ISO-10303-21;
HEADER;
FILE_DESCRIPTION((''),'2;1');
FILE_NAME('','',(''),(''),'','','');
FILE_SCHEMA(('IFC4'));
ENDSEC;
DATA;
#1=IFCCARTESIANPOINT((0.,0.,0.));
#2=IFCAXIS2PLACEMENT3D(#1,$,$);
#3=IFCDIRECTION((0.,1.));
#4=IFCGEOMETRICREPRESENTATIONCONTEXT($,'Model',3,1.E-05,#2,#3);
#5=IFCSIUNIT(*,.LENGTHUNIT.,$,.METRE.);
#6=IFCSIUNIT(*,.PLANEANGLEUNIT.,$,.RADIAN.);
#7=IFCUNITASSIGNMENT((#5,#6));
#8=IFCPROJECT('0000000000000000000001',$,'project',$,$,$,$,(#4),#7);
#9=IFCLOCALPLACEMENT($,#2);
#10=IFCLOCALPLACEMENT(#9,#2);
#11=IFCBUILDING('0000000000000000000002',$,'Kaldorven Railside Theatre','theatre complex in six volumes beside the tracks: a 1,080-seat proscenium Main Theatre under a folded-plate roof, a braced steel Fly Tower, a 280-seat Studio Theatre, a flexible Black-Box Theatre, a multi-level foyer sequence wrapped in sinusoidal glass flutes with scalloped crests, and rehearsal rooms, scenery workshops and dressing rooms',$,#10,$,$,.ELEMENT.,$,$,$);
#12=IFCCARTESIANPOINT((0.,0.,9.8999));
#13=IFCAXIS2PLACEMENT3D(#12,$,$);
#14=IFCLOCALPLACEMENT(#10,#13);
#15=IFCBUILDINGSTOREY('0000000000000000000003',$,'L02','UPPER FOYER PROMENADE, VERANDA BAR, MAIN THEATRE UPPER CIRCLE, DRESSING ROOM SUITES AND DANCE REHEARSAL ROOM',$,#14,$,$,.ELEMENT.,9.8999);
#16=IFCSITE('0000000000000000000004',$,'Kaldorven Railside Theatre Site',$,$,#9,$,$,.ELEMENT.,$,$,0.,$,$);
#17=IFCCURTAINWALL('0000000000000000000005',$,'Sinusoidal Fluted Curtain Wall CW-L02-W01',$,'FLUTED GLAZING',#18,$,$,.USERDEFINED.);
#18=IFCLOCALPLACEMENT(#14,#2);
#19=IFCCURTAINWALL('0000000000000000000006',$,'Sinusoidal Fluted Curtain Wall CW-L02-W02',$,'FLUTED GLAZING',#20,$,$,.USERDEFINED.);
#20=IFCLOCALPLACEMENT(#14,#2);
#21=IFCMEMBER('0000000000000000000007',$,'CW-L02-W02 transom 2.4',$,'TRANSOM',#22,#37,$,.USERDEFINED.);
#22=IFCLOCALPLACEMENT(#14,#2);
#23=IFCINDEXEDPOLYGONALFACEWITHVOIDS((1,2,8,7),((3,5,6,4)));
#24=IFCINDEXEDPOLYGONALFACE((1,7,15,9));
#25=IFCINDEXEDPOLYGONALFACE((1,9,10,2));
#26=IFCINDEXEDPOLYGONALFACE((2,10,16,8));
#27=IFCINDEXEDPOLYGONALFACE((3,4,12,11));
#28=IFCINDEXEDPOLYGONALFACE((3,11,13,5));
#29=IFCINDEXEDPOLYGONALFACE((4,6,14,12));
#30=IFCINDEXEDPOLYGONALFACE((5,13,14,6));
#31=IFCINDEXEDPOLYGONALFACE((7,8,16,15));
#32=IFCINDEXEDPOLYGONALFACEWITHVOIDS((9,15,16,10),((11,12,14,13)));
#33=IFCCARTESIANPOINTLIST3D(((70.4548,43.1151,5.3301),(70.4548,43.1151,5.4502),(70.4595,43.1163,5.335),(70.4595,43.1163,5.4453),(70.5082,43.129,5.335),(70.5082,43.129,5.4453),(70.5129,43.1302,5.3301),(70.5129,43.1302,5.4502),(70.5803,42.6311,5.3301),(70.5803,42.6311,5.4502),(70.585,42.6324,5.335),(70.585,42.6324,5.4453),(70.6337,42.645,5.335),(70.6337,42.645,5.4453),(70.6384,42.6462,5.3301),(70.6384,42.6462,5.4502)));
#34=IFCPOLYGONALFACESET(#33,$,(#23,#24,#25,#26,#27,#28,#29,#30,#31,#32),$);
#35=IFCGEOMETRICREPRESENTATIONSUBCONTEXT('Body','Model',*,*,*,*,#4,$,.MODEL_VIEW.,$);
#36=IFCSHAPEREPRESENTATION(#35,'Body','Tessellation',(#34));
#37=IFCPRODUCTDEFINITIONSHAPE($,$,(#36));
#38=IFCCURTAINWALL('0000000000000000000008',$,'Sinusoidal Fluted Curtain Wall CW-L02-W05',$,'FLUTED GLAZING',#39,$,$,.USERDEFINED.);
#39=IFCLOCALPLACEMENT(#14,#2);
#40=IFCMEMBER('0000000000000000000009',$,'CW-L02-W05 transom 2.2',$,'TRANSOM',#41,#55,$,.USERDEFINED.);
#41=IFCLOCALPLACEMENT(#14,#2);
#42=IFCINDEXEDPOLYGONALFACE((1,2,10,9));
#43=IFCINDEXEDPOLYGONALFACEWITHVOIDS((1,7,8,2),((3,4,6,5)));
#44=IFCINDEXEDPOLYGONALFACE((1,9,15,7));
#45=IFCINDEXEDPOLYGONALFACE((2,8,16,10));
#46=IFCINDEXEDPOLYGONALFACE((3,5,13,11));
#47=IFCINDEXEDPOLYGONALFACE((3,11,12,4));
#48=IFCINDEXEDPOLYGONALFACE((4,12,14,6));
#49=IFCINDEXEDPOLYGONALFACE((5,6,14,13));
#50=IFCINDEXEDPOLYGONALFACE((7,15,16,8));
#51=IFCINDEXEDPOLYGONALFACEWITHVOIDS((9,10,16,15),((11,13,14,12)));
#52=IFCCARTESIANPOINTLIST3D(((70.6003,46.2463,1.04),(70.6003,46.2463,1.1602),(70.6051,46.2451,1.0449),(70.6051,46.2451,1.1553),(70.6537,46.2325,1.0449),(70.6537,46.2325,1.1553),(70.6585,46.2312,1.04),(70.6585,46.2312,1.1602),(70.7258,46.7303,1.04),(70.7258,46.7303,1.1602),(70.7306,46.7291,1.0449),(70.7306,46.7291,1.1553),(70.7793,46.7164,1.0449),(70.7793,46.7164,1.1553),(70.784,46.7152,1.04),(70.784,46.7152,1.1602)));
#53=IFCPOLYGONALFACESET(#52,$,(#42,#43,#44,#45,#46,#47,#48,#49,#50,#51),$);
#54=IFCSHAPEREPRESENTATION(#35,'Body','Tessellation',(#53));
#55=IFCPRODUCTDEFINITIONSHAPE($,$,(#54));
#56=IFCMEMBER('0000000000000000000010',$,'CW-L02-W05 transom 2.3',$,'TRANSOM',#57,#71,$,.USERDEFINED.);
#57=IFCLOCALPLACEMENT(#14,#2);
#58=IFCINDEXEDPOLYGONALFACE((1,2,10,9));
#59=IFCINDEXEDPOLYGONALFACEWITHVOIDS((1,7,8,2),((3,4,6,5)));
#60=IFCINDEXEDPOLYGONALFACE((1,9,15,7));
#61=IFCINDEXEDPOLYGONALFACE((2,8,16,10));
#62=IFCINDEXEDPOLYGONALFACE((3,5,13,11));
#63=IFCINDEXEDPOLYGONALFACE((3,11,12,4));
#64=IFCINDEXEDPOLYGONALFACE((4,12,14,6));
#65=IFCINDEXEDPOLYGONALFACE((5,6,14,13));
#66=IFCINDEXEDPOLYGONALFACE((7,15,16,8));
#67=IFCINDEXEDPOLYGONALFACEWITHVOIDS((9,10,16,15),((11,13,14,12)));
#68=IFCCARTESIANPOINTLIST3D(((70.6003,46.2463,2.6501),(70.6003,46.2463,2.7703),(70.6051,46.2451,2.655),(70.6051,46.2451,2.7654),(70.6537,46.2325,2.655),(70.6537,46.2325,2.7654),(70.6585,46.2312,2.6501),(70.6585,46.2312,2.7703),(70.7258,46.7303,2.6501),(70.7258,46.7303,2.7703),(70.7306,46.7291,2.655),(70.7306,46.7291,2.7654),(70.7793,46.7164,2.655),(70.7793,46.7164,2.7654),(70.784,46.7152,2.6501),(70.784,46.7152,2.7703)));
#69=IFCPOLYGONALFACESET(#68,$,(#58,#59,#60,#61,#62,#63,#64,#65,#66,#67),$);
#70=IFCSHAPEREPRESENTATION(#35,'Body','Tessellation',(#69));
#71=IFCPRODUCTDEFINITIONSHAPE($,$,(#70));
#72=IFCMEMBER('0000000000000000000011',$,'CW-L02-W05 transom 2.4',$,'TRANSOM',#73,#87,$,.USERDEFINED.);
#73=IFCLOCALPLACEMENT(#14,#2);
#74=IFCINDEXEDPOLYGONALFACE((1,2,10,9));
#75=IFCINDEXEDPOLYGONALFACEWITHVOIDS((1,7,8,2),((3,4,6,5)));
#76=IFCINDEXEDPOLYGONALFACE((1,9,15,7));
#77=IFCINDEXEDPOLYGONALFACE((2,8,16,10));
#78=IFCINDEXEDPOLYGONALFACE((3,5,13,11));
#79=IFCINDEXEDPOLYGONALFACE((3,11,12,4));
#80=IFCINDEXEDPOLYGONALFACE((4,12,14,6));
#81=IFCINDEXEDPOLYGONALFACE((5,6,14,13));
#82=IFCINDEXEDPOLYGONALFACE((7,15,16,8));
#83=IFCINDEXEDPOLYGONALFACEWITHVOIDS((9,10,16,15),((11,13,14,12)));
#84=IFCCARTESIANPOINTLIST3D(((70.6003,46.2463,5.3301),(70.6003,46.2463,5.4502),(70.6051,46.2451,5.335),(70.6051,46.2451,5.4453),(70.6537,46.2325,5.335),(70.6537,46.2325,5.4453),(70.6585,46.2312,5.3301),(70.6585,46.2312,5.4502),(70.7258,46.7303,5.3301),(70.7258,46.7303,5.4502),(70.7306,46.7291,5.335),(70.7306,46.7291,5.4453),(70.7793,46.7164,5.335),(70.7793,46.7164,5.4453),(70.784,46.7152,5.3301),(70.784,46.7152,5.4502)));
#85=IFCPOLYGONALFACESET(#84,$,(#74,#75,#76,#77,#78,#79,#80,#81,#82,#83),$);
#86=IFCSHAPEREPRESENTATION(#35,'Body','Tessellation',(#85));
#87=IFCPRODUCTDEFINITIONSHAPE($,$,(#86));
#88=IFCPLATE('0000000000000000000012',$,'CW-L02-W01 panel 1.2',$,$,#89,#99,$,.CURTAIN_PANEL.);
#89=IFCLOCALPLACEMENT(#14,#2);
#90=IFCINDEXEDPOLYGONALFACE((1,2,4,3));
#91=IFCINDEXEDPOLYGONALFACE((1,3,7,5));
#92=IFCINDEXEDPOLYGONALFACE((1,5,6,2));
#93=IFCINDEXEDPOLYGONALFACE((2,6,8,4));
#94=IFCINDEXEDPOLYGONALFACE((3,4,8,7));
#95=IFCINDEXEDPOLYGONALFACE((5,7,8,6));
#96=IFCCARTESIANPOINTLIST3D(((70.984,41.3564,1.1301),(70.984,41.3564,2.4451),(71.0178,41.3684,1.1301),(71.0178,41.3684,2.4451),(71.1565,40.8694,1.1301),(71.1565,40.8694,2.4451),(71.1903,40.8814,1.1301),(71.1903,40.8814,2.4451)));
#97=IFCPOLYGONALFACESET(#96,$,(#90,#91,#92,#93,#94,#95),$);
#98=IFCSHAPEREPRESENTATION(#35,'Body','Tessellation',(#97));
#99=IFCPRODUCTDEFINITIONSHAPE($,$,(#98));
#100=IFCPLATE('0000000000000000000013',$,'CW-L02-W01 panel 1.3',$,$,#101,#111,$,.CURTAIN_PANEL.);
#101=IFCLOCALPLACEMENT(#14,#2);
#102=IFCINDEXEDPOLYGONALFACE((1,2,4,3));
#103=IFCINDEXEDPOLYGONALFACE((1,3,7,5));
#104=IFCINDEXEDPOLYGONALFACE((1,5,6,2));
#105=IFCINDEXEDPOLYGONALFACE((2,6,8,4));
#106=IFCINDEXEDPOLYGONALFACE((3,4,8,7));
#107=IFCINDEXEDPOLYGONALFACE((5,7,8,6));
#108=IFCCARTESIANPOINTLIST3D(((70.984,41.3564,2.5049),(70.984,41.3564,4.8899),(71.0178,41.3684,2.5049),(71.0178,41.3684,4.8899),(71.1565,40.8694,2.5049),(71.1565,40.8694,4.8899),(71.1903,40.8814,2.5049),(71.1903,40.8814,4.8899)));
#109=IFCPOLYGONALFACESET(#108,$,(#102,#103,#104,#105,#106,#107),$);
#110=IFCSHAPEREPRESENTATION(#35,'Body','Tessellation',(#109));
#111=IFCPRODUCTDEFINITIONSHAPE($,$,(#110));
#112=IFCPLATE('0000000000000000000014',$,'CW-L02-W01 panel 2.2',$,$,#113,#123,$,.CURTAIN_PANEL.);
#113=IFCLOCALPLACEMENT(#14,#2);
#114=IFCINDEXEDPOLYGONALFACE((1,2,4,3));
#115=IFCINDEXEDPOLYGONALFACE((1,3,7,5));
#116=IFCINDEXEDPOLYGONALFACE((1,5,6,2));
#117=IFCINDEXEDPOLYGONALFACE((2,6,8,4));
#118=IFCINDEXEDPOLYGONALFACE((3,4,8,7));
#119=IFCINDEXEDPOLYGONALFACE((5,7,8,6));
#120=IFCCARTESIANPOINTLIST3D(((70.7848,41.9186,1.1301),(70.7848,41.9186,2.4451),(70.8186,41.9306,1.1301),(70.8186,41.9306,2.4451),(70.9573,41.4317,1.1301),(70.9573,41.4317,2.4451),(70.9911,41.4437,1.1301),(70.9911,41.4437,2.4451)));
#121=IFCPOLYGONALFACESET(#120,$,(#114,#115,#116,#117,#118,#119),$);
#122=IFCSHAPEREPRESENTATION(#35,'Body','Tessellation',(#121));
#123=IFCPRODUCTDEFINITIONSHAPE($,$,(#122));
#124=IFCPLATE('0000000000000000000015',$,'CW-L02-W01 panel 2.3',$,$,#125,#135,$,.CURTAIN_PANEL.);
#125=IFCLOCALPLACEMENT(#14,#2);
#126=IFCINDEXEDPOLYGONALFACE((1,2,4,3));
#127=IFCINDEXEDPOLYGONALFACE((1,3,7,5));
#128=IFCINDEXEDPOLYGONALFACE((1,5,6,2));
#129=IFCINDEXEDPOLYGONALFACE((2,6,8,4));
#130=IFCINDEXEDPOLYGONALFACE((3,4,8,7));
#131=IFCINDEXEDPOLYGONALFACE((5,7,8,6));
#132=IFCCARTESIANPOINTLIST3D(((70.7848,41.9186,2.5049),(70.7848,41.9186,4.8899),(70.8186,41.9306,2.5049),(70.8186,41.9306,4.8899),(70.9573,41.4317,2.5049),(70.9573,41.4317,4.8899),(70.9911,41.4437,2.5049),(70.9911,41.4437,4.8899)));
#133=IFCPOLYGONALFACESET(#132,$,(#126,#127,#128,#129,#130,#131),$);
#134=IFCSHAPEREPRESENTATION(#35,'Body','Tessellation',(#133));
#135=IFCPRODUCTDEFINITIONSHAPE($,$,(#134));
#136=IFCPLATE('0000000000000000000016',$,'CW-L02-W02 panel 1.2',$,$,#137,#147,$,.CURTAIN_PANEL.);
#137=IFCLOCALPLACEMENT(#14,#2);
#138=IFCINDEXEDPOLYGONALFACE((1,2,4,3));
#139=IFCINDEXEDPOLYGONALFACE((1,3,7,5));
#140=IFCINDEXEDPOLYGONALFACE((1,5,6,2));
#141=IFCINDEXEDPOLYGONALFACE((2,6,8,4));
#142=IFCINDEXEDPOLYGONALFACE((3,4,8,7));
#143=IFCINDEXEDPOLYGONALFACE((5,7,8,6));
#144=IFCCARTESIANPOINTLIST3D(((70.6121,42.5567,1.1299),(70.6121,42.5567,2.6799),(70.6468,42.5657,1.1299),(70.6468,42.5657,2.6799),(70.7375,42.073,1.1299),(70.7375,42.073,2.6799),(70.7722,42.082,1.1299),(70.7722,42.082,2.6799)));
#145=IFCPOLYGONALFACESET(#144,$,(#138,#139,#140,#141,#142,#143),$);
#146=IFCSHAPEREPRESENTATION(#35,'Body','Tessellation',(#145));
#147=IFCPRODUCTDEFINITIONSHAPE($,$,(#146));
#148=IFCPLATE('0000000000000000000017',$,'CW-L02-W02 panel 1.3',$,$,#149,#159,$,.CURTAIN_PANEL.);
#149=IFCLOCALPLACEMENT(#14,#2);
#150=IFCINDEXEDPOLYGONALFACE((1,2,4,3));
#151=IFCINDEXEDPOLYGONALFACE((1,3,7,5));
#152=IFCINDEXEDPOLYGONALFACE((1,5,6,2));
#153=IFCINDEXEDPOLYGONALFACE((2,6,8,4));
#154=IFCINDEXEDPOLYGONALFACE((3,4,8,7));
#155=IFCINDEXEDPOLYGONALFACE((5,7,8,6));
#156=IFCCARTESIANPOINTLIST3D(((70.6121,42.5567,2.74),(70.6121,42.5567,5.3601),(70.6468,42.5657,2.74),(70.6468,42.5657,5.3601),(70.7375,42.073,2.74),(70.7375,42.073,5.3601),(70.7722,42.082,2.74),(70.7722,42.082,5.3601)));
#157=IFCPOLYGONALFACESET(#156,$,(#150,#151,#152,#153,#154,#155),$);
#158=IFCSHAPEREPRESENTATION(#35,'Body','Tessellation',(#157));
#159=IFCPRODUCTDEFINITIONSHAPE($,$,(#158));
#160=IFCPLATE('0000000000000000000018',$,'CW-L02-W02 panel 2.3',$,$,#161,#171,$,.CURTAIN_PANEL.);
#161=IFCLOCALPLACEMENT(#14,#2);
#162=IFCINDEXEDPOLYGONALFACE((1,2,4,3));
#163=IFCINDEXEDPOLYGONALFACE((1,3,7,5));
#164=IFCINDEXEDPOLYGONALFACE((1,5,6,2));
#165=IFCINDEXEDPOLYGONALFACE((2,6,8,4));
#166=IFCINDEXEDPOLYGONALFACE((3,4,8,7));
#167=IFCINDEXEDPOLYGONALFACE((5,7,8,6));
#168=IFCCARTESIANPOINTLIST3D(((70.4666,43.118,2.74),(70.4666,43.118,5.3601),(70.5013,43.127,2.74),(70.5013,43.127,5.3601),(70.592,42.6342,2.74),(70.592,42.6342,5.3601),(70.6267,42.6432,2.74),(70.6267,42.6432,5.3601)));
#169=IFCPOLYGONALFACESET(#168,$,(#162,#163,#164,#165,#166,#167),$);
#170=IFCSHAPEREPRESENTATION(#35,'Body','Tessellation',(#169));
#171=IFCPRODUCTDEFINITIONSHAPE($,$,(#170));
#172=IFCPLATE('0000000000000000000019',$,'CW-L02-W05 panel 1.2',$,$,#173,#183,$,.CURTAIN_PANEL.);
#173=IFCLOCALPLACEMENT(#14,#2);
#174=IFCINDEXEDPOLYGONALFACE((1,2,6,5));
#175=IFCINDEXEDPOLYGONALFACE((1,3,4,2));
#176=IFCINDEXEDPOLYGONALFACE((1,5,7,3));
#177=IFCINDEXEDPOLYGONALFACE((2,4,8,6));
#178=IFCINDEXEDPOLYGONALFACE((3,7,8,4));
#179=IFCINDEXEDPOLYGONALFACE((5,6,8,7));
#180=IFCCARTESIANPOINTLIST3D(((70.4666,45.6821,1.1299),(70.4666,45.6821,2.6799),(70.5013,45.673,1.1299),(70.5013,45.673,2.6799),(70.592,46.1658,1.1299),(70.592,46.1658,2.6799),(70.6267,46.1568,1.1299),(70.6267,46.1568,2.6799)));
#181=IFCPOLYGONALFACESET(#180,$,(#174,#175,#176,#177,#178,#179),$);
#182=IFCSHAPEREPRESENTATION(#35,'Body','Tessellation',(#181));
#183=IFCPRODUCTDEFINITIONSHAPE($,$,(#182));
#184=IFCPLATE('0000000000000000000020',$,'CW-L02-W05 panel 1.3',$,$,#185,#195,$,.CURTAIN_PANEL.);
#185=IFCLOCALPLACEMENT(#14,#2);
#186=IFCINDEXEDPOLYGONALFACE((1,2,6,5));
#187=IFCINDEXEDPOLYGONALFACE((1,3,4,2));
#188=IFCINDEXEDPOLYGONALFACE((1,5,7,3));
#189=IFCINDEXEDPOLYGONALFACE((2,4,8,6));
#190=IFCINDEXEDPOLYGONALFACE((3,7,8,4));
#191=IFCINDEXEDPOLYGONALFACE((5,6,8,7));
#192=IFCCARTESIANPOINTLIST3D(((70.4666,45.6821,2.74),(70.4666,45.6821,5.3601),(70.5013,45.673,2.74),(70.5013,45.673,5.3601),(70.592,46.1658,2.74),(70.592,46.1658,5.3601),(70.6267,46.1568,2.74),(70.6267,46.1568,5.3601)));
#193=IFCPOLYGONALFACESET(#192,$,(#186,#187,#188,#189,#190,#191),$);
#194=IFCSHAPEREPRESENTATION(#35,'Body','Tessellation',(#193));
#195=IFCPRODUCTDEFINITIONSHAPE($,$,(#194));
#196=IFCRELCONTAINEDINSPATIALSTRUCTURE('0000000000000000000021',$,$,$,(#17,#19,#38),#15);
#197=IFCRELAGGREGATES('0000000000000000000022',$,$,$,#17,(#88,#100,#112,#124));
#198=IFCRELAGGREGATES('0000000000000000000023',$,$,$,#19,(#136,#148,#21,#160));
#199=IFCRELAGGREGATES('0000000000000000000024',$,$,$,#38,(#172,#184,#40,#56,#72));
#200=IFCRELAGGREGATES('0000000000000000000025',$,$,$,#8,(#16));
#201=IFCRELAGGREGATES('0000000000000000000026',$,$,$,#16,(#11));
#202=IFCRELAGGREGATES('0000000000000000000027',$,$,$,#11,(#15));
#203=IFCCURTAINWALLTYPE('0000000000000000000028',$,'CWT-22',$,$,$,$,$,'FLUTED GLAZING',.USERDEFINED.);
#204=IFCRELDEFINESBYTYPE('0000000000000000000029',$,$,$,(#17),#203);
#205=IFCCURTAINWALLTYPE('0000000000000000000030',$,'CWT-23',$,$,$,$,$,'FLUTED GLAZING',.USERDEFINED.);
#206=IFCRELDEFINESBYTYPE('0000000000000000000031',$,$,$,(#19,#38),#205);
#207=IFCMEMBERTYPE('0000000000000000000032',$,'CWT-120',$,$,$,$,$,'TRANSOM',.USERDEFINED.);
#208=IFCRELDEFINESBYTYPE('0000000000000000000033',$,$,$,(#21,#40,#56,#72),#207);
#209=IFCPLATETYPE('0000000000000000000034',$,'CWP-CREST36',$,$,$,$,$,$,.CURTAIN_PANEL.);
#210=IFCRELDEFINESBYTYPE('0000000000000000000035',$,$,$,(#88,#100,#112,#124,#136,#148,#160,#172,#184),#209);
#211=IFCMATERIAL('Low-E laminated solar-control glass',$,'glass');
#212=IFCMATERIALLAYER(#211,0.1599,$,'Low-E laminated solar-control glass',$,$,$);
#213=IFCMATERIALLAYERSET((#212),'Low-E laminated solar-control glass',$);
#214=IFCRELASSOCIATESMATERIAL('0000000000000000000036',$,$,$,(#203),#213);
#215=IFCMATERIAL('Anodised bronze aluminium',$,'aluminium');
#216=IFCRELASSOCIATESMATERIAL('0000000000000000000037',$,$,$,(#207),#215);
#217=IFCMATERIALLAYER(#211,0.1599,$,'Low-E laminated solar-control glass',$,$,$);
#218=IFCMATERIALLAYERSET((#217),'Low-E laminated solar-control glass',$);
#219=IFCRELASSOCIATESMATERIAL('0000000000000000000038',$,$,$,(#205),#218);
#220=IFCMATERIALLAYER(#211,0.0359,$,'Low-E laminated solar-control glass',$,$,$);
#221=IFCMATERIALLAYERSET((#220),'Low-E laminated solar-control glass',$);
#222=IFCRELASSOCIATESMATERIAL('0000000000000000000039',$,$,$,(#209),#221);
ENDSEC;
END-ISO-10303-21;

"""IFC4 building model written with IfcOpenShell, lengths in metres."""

from ifc_helpers import new_model, si_unit, direction, frame, origin, origin_2d, place, context, subcontext, project, spatial, rectangle, hollow_rectangle, extrude, material, layer, layer_set, material_profile, profile_set, type_object, element, aggregate, save


model = new_model("IFC4")

# Units and contexts
model_context = context("Model", 3, precision=1e-05, world=origin(), true_north=direction((0.0, 1.0)))
body_context = subcontext(model_context, "Body", "Model", "MODEL_VIEW")
ifc_project = project(units=[si_unit("LENGTHUNIT", "METRE"), si_unit("PLANEANGLEUNIT", "RADIAN")], contexts=[model_context])

# Site, building, storey
site_placement = place(None, origin())
site = spatial("IfcSite", under=ifc_project, at=site_placement, Name="Kaldorven Railside Theatre Site", CompositionType="ELEMENT", RefElevation=0.0)
building_placement = place(site_placement, origin())
building = spatial("IfcBuilding", under=site, at=building_placement, Name="Kaldorven Railside Theatre", Description="theatre complex in six volumes beside the tracks: a 1,080-seat proscenium Main Theatre under a folded-plate roof, a braced steel Fly Tower, a 280-seat Studio Theatre, a flexible Black-Box Theatre, a multi-level foyer sequence wrapped in sinusoidal glass flutes with scalloped crests, and rehearsal rooms, scenery workshops and dressing rooms", CompositionType="ELEMENT")
storey_placement = place(building_placement, frame((0.0, 0.0, 9.8999)))
storey = spatial("IfcBuildingStorey", under=building, at=storey_placement, Name="L02", Description="UPPER FOYER PROMENADE, VERANDA BAR, MAIN THEATRE UPPER CIRCLE, DRESSING ROOM SUITES AND DANCE REHEARSAL ROOM", CompositionType="ELEMENT", Elevation=9.8999)

# Curtain walls, members
ifc_material_1 = material(Name="Low-E laminated solar-control glass", Category="glass")
ifc_layer_1 = layer(ifc_material_1, 0.1599, Name="Low-E laminated solar-control glass")
ifc_layer_set_1 = layer_set([ifc_layer_1], Name="Low-E laminated solar-control glass")
curtain_wall_type_1 = type_object("IfcCurtainWallType", Name="CWT-22", ElementType="FLUTED GLAZING", PredefinedType="USERDEFINED", material=ifc_layer_set_1)
curtain_wall_1_placement = place(storey_placement, origin())
curtain_wall_1 = element("IfcCurtainWall", 1, at=curtain_wall_1_placement, inside=storey, type_object=curtain_wall_type_1, Name="Sinusoidal Fluted Curtain Wall CW-L02-W01", ObjectType="FLUTED GLAZING", PredefinedType="USERDEFINED")
ifc_material_2 = material(Name="Anodised bronze aluminium", Category="aluminium")
ifc_material_profile = material_profile(ifc_material_2, hollow_rectangle(XDim=0.0601, YDim=0.1201, WallThickness=0.0049, at=origin_2d()), Name="RHS 120x60x5")
ifc_profile_set = profile_set([ifc_material_profile], Name="Anodised bronze aluminium")
member_type = type_object("IfcMemberType", Name="CWT-120", ElementType="TRANSOM", PredefinedType="USERDEFINED", material=ifc_profile_set)
ifc_layer_2 = layer(ifc_material_1, 0.1599, Name="Low-E laminated solar-control glass")
ifc_layer_set_2 = layer_set([ifc_layer_2], Name="Low-E laminated solar-control glass")
curtain_wall_type_2 = type_object("IfcCurtainWallType", Name="CWT-23", ElementType="FLUTED GLAZING", PredefinedType="USERDEFINED", material=ifc_layer_set_2)
curtain_wall_2_placement = place(storey_placement, origin())
curtain_wall_2 = element("IfcCurtainWall", 2, at=curtain_wall_2_placement, inside=storey, type_object=curtain_wall_type_2, Name="Sinusoidal Fluted Curtain Wall CW-L02-W02", ObjectType="FLUTED GLAZING", PredefinedType="USERDEFINED")
member_1_placement = place(storey_placement, frame((70.6094, 42.6387, 5.3901), z_axis=(-0.25103, 0.967979, 0.0), x_axis=(-0.967979, -0.25103, 0.0)))
member_1 = element("IfcMember", 3, at=member_1_placement, type_object=member_type, Name="CW-L02-W02 transom 2.4", ObjectType="TRANSOM", PredefinedType="USERDEFINED", context=body_context, shape_type="SweptSolid", body=[
    extrude(hollow_rectangle(XDim=0.0601, YDim=0.1201, WallThickness=0.0049, at=origin_2d()), origin(), (0.0, 0.0, 1.0), 0.5),
])
curtain_wall_3_placement = place(storey_placement, origin())
curtain_wall_3 = element("IfcCurtainWall", 4, at=curtain_wall_3_placement, inside=storey, type_object=curtain_wall_type_2, Name="Sinusoidal Fluted Curtain Wall CW-L02-W05", ObjectType="FLUTED GLAZING", PredefinedType="USERDEFINED")
member_2_placement = place(storey_placement, frame((70.6294, 46.2388, 1.1001), z_axis=(0.25103, 0.967979, 0.0), x_axis=(-0.967979, 0.25103, 0.0)))
member_2 = element("IfcMember", 5, at=member_2_placement, type_object=member_type, Name="CW-L02-W05 transom 2.2", ObjectType="TRANSOM", PredefinedType="USERDEFINED", context=body_context, shape_type="SweptSolid", body=[
    extrude(hollow_rectangle(XDim=0.0601, YDim=0.1201, WallThickness=0.0049, at=origin_2d()), origin(), (0.0, 0.0, 1.0), 0.5),
])
member_3_placement = place(storey_placement, frame((70.6294, 46.2388, 2.7102), z_axis=(0.25103, 0.967979, 0.0), x_axis=(-0.967979, 0.25103, 0.0)))
member_3 = element("IfcMember", 6, at=member_3_placement, type_object=member_type, Name="CW-L02-W05 transom 2.3", ObjectType="TRANSOM", PredefinedType="USERDEFINED", context=body_context, shape_type="SweptSolid", body=[
    extrude(hollow_rectangle(XDim=0.0601, YDim=0.1201, WallThickness=0.0049, at=origin_2d()), origin(), (0.0, 0.0, 1.0), 0.5),
])
member_4_placement = place(storey_placement, frame((70.6294, 46.2388, 5.3901), z_axis=(0.25103, 0.967979, 0.0), x_axis=(-0.967979, 0.25103, 0.0)))
member_4 = element("IfcMember", 7, at=member_4_placement, type_object=member_type, Name="CW-L02-W05 transom 2.4", ObjectType="TRANSOM", PredefinedType="USERDEFINED", context=body_context, shape_type="SweptSolid", body=[
    extrude(hollow_rectangle(XDim=0.0601, YDim=0.1201, WallThickness=0.0049, at=origin_2d()), origin(), (0.0, 0.0, 1.0), 0.5),
])

# Plates
ifc_layer_3 = layer(ifc_material_1, 0.0359, Name="Low-E laminated solar-control glass")
ifc_layer_set_3 = layer_set([ifc_layer_3], Name="Low-E laminated solar-control glass")
plate_type = type_object("IfcPlateType", Name="CWP-CREST36", PredefinedType="CURTAIN_PANEL", material=ifc_layer_set_3)
plate_1_placement = place(storey_placement, frame((71.0872, 41.1189, 1.1301), z_axis=(0.0, 0.0, 1.0), x_axis=(-0.333847, 0.942627, 0.0)))
plate_1 = element("IfcPlate", 8, at=plate_1_placement, type_object=plate_type, Name="CW-L02-W01 panel 1.2", PredefinedType="CURTAIN_PANEL", context=body_context, shape_type="SweptSolid", body=[
    extrude(rectangle(XDim=0.5166, YDim=0.0359, at=origin_2d()), origin(), (0.0, 0.0, 1.0), 1.3149),
])
plate_2_placement = place(storey_placement, frame((71.0872, 41.1189, 2.5049), z_axis=(0.0, 0.0, 1.0), x_axis=(-0.333847, 0.942627, 0.0)))
plate_2 = element("IfcPlate", 9, at=plate_2_placement, type_object=plate_type, Name="CW-L02-W01 panel 1.3", PredefinedType="CURTAIN_PANEL", context=body_context, shape_type="SweptSolid", body=[
    extrude(rectangle(XDim=0.5166, YDim=0.0359, at=origin_2d()), origin(), (0.0, 0.0, 1.0), 2.385),
])
plate_3_placement = place(storey_placement, frame((70.8879, 41.6812, 1.1301), z_axis=(0.0, 0.0, 1.0), x_axis=(-0.333847, 0.942627, 0.0)))
plate_3 = element("IfcPlate", 10, at=plate_3_placement, type_object=plate_type, Name="CW-L02-W01 panel 2.2", PredefinedType="CURTAIN_PANEL", context=body_context, shape_type="SweptSolid", body=[
    extrude(rectangle(XDim=0.5166, YDim=0.0359, at=origin_2d()), origin(), (0.0, 0.0, 1.0), 1.3149),
])
plate_4_placement = place(storey_placement, frame((70.8879, 41.6812, 2.5049), z_axis=(0.0, 0.0, 1.0), x_axis=(-0.333847, 0.942627, 0.0)))
plate_4 = element("IfcPlate", 11, at=plate_4_placement, type_object=plate_type, Name="CW-L02-W01 panel 2.3", PredefinedType="CURTAIN_PANEL", context=body_context, shape_type="SweptSolid", body=[
    extrude(rectangle(XDim=0.5166, YDim=0.0359, at=origin_2d()), origin(), (0.0, 0.0, 1.0), 2.385),
])
aggregate(curtain_wall_1, [plate_1, plate_2, plate_3, plate_4])
plate_5_placement = place(storey_placement, frame((70.6921, 42.3193, 1.1299), z_axis=(0.0, 0.0, 1.0), x_axis=(-0.250954, 0.967999, 0.0)))
plate_5 = element("IfcPlate", 12, at=plate_5_placement, type_object=plate_type, Name="CW-L02-W02 panel 1.2", PredefinedType="CURTAIN_PANEL", context=body_context, shape_type="SweptSolid", body=[
    extrude(rectangle(XDim=0.4998, YDim=0.0359, at=origin_2d()), origin(), (0.0, 0.0, 1.0), 1.55),
])
plate_6_placement = place(storey_placement, frame((70.6921, 42.3193, 2.74), z_axis=(0.0, 0.0, 1.0), x_axis=(-0.250954, 0.967999, 0.0)))
plate_6 = element("IfcPlate", 13, at=plate_6_placement, type_object=plate_type, Name="CW-L02-W02 panel 1.3", PredefinedType="CURTAIN_PANEL", context=body_context, shape_type="SweptSolid", body=[
    extrude(rectangle(XDim=0.4998, YDim=0.0359, at=origin_2d()), origin(), (0.0, 0.0, 1.0), 2.6201),
])
plate_7_placement = place(storey_placement, frame((70.5466, 42.8806, 2.74), z_axis=(0.0, 0.0, 1.0), x_axis=(-0.250954, 0.967999, 0.0)))
plate_7 = element("IfcPlate", 14, at=plate_7_placement, type_object=plate_type, Name="CW-L02-W02 panel 2.3", PredefinedType="CURTAIN_PANEL", context=body_context, shape_type="SweptSolid", body=[
    extrude(rectangle(XDim=0.4998, YDim=0.0359, at=origin_2d()), origin(), (0.0, 0.0, 1.0), 2.6201),
])
aggregate(curtain_wall_2, [plate_5, plate_6, member_1, plate_7])
plate_8_placement = place(storey_placement, frame((70.5466, 45.9194, 1.1299), z_axis=(0.0, 0.0, 1.0), x_axis=(0.250954, 0.967999, 0.0)))
plate_8 = element("IfcPlate", 15, at=plate_8_placement, type_object=plate_type, Name="CW-L02-W05 panel 1.2", PredefinedType="CURTAIN_PANEL", context=body_context, shape_type="SweptSolid", body=[
    extrude(rectangle(XDim=0.4998, YDim=0.0359, at=origin_2d()), origin(), (0.0, 0.0, 1.0), 1.55),
])
plate_9_placement = place(storey_placement, frame((70.5466, 45.9194, 2.74), z_axis=(0.0, 0.0, 1.0), x_axis=(0.250954, 0.967999, 0.0)))
plate_9 = element("IfcPlate", 16, at=plate_9_placement, type_object=plate_type, Name="CW-L02-W05 panel 1.3", PredefinedType="CURTAIN_PANEL", context=body_context, shape_type="SweptSolid", body=[
    extrude(rectangle(XDim=0.4998, YDim=0.0359, at=origin_2d()), origin(), (0.0, 0.0, 1.0), 2.6201),
])
aggregate(curtain_wall_3, [plate_8, plate_9, member_2, member_3, member_4])

save(model, "model.ifc")
